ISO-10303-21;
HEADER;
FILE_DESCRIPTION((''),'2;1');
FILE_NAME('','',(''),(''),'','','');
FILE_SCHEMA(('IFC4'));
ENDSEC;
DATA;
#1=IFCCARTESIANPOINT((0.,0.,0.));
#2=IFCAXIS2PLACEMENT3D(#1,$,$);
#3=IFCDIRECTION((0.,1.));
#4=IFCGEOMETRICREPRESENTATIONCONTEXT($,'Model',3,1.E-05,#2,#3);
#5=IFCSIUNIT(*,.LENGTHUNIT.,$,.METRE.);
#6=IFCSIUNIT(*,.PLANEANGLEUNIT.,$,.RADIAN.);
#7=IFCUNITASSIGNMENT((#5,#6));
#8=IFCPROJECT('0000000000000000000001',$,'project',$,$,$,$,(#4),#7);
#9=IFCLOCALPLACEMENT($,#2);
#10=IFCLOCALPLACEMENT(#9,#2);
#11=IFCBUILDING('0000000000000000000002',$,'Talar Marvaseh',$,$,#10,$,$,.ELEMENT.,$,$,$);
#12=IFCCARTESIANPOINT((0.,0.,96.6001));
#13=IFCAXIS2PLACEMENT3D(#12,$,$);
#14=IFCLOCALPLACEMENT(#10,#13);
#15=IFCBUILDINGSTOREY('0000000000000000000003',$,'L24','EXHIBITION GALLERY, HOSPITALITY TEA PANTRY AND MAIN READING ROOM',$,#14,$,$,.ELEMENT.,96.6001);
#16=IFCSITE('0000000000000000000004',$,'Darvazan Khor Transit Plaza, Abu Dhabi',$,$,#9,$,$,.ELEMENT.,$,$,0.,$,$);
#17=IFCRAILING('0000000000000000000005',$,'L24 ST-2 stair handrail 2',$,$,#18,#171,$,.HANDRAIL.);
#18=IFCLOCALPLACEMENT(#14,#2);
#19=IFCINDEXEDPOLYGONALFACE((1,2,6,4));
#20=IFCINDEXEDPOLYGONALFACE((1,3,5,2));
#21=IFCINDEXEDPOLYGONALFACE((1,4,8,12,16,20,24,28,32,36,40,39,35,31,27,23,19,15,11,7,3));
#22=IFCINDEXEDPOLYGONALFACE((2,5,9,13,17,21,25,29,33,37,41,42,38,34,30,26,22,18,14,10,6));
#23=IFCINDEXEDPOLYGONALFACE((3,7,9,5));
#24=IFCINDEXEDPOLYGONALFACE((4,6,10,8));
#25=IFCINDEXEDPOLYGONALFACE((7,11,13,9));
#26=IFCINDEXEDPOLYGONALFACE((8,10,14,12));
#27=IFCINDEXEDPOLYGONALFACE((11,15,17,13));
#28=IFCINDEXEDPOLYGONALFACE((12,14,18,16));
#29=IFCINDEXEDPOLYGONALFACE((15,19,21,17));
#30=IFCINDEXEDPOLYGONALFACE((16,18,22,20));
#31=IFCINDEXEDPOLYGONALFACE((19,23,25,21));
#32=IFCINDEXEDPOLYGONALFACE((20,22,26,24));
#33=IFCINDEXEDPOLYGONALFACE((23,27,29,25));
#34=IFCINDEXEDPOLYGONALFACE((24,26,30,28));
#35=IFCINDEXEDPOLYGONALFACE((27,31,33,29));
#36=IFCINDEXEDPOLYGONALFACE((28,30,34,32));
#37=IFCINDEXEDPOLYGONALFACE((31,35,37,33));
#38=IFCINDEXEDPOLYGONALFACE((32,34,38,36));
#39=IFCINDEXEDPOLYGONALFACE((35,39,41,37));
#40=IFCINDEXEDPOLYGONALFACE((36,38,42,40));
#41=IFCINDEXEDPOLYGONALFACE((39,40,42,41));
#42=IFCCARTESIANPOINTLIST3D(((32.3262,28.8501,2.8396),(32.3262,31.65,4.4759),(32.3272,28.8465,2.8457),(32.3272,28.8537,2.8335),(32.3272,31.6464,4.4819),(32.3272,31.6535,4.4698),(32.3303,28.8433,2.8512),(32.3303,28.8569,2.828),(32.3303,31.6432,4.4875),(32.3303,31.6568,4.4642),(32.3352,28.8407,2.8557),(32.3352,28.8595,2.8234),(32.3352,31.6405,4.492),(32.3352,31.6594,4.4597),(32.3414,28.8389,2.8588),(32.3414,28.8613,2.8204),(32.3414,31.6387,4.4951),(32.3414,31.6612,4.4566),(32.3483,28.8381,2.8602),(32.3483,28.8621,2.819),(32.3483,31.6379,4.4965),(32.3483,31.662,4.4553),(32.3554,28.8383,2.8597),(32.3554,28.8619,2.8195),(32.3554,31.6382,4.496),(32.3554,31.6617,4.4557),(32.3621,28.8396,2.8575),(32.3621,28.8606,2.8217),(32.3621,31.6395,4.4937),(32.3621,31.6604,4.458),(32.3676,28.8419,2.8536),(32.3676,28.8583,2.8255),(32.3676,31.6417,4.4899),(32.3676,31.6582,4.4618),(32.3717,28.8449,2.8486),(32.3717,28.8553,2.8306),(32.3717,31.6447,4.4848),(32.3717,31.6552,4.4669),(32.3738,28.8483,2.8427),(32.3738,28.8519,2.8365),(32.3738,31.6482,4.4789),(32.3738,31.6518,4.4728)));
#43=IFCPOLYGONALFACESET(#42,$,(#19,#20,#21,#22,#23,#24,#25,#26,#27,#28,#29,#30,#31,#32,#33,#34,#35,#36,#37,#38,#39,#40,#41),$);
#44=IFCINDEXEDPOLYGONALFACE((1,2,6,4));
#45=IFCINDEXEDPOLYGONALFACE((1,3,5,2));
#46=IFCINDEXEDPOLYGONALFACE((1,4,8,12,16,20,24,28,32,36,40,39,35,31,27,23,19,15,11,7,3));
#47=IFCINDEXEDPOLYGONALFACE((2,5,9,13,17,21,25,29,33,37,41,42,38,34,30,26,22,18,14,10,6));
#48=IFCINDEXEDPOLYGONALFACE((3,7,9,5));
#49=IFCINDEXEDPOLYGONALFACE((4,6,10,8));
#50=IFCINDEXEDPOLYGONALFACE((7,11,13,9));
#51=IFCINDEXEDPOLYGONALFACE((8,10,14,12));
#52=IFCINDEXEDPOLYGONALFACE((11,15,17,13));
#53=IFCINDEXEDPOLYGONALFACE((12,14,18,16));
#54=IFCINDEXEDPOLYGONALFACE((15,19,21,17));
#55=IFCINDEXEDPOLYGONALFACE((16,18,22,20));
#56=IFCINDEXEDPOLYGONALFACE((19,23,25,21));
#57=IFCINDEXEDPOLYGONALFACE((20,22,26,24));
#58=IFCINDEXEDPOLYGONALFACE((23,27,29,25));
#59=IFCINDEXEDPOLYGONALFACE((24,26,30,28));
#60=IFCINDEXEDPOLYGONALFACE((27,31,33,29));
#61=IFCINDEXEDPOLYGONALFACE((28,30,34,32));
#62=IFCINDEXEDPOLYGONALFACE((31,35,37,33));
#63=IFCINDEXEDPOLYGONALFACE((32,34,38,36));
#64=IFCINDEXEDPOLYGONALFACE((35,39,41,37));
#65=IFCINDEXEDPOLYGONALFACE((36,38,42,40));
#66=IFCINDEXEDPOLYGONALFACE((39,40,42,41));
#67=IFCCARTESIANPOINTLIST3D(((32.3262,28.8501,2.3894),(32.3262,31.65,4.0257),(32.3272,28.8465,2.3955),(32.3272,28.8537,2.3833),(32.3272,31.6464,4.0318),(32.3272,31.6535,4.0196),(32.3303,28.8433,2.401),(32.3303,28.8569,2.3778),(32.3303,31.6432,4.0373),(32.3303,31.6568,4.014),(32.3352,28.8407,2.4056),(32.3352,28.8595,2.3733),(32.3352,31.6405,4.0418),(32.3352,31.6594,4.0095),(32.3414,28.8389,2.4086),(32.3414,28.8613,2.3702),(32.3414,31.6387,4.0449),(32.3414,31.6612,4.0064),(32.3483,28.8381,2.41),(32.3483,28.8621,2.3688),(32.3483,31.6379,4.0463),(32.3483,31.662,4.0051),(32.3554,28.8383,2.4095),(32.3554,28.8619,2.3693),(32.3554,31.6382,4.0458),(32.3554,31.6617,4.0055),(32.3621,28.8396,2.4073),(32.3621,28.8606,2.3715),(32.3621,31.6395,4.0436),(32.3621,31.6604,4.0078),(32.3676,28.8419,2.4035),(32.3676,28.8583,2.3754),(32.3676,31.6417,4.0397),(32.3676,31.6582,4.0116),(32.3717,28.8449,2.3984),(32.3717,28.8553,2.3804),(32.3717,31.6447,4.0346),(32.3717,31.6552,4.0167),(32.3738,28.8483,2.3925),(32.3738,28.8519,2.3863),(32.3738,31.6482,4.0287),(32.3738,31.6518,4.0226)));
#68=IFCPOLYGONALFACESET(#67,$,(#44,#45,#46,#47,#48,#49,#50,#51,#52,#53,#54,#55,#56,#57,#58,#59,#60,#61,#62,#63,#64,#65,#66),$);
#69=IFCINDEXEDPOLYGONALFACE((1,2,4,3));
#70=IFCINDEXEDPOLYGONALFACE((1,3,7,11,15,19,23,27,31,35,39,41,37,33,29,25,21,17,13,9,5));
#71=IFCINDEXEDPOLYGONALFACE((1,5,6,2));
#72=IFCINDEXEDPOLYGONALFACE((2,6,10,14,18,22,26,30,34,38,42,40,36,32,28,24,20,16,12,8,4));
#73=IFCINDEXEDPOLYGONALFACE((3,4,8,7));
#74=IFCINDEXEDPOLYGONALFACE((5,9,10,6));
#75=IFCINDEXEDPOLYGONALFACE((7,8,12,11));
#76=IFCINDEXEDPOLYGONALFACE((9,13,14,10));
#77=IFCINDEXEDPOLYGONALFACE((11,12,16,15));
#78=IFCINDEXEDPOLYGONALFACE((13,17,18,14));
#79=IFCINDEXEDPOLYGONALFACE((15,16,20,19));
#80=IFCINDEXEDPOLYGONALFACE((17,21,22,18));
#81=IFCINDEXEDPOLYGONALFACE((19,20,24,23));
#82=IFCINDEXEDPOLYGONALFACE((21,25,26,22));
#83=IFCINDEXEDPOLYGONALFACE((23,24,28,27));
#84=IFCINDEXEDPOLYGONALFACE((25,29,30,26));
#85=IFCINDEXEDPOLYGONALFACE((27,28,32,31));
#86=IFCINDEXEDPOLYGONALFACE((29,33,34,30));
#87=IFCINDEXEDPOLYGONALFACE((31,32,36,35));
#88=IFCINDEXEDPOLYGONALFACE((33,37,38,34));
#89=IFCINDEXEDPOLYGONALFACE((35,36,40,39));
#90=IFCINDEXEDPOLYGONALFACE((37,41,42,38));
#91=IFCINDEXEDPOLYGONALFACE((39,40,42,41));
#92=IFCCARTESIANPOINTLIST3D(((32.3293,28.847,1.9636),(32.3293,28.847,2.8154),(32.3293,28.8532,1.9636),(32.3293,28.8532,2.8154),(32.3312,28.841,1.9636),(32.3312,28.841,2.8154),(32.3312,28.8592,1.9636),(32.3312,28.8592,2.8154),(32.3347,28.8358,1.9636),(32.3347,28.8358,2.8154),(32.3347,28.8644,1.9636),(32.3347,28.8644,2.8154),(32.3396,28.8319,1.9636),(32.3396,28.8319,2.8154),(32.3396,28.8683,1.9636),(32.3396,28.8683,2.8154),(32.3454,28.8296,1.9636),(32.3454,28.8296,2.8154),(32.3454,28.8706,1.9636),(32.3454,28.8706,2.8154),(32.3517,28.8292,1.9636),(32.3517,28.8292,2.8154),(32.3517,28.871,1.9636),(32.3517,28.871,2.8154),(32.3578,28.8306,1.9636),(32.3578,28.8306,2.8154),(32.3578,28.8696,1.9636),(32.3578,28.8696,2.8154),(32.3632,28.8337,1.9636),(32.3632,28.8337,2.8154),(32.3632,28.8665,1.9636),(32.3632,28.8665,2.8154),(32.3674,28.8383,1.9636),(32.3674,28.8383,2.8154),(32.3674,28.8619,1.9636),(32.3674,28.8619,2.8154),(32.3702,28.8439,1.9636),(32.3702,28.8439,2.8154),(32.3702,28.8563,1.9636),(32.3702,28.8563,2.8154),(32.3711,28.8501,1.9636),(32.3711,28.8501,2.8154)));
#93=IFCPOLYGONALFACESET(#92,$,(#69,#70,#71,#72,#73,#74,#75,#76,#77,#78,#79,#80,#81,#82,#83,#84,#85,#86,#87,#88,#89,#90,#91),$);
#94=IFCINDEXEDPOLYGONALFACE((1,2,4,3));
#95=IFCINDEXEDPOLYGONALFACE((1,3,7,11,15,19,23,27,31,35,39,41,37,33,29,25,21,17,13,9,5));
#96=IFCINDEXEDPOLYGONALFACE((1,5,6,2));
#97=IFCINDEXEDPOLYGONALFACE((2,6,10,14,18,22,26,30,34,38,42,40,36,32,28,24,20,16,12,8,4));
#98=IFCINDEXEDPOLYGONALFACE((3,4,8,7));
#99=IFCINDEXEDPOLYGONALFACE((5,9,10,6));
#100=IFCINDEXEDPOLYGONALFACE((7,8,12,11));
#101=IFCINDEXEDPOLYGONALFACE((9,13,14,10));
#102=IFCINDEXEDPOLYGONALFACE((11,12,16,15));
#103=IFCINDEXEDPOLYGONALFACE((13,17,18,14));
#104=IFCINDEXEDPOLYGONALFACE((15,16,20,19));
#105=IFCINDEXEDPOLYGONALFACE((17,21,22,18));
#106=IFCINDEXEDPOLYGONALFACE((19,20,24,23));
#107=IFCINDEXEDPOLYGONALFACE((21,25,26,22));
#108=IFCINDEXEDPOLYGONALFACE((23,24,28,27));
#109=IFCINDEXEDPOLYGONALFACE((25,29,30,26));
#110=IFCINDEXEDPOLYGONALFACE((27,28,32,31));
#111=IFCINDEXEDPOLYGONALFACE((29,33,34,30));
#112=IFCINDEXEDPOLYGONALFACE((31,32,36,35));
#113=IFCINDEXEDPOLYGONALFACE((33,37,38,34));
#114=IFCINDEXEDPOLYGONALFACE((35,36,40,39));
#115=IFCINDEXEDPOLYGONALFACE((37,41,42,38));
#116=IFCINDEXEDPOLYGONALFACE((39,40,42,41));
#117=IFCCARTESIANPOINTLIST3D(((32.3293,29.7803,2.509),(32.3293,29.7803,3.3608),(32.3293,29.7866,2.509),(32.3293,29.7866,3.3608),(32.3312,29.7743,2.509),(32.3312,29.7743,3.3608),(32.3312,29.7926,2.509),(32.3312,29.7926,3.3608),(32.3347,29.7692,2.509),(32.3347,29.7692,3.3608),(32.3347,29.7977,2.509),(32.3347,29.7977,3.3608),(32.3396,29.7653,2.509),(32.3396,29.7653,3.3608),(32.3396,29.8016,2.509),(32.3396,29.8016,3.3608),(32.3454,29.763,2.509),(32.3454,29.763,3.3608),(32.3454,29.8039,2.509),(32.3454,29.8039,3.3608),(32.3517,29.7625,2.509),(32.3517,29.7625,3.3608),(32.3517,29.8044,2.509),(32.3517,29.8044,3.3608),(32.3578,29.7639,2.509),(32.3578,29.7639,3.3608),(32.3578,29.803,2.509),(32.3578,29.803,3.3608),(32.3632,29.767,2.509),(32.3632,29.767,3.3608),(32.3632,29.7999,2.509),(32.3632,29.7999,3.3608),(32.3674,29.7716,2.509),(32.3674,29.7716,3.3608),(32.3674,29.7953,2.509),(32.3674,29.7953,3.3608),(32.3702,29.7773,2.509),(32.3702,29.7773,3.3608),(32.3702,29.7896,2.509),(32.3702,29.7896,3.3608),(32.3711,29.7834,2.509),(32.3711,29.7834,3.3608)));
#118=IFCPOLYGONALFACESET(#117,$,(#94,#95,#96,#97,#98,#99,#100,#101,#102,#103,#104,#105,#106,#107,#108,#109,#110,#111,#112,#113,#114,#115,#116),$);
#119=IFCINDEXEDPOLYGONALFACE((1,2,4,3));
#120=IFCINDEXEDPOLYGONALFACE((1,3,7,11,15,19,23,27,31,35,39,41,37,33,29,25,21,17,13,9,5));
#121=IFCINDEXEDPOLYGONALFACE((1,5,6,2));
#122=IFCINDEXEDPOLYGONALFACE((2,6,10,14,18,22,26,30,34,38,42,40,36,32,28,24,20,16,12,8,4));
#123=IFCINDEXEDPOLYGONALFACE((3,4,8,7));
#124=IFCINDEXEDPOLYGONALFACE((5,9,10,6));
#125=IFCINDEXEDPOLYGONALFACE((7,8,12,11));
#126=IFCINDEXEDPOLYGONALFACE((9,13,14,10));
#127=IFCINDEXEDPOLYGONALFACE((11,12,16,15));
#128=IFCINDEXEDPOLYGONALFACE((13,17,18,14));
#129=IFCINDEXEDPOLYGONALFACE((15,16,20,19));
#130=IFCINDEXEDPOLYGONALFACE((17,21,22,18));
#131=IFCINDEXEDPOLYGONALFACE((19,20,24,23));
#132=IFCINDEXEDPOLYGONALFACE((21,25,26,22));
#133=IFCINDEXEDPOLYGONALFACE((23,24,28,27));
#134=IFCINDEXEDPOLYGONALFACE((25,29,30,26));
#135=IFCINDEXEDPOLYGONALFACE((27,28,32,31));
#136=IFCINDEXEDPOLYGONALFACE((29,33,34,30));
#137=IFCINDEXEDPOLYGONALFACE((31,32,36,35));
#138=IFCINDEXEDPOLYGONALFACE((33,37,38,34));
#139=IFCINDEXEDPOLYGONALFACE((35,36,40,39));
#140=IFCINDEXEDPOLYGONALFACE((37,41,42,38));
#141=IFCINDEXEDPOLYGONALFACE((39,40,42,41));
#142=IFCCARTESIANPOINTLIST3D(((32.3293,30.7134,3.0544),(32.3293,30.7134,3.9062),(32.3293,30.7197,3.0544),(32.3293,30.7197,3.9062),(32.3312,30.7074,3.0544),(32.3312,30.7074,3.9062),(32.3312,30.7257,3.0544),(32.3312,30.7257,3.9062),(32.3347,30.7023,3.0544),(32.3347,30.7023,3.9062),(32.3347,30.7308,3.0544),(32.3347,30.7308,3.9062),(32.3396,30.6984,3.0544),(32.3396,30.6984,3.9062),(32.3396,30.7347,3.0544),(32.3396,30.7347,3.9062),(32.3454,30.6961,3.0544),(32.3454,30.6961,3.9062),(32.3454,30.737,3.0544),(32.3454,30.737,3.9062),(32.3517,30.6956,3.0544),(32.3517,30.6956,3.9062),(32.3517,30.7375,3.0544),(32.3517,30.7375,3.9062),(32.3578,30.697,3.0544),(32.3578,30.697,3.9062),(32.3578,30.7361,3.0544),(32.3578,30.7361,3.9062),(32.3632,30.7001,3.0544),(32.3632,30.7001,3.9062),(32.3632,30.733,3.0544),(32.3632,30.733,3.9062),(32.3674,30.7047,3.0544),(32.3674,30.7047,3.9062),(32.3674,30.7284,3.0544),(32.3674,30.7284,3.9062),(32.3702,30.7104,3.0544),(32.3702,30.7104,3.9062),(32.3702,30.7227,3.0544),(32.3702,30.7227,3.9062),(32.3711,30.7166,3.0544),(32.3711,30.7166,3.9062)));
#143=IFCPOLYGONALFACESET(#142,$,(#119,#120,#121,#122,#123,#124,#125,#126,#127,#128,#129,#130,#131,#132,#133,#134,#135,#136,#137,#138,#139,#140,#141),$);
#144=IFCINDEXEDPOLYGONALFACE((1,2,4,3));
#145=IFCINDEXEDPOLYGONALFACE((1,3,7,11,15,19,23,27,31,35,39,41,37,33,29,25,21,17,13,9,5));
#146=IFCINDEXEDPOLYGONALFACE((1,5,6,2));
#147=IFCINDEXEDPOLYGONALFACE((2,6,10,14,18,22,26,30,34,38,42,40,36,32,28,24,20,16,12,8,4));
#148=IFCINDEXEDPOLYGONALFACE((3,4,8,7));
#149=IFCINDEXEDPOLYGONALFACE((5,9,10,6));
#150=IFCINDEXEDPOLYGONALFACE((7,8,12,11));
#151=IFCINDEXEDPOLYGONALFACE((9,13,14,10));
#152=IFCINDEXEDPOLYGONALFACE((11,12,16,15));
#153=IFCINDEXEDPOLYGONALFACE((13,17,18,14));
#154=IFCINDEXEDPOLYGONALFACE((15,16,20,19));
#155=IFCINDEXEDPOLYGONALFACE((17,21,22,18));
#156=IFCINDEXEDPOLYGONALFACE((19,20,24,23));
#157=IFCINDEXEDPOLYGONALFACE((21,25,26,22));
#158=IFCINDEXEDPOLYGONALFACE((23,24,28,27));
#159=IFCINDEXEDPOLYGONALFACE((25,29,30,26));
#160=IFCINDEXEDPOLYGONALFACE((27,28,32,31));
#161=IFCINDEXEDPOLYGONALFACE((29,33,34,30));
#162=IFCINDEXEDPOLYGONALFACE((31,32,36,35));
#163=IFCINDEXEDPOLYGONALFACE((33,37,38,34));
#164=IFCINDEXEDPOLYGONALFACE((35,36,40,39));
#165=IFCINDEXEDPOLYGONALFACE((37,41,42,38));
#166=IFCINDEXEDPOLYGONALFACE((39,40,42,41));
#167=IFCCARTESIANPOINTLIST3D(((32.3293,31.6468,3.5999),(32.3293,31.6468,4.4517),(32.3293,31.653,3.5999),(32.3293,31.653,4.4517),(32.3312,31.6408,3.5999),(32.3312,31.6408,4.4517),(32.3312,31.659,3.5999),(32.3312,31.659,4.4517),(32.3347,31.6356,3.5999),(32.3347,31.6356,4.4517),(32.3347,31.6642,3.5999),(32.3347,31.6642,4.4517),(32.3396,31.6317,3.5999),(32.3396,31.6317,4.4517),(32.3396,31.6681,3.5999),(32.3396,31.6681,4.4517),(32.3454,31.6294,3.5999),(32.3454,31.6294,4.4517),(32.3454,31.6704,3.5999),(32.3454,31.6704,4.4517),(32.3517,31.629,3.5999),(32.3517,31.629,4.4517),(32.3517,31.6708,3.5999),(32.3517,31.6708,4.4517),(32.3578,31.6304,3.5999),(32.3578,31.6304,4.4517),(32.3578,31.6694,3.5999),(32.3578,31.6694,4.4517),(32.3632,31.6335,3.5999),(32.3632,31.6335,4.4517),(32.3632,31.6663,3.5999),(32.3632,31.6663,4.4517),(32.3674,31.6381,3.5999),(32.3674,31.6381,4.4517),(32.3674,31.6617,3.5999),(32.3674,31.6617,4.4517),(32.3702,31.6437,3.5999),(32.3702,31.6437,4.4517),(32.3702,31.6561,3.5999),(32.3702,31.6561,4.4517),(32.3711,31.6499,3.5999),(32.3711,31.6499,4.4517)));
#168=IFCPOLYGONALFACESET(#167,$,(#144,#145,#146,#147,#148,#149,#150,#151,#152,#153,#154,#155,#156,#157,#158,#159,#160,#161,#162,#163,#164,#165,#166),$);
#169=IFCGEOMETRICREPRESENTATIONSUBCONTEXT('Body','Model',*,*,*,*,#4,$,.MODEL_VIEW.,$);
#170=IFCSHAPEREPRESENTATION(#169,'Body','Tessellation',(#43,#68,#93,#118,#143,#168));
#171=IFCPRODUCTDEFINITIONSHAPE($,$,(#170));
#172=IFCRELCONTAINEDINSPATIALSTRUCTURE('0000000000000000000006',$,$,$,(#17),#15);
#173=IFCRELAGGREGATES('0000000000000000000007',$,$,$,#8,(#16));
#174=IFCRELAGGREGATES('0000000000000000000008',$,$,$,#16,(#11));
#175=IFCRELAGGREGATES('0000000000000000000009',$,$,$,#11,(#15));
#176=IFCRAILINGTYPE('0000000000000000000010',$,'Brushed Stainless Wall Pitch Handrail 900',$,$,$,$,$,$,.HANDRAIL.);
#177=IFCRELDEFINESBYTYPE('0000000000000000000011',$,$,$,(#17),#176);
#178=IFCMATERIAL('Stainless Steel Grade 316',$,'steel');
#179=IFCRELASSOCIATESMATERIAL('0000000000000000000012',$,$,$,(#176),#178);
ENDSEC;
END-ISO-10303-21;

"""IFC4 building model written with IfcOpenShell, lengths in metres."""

from ifc_helpers import new_model, si_unit, direction, frame, origin, origin_2d, place, context, subcontext, project, spatial, circle, extrude, material, type_object, element, save


model = new_model("IFC4")

# Units and contexts
model_context = context("Model", 3, precision=1e-05, world=origin(), true_north=direction((0.0, 1.0)))
body_context = subcontext(model_context, "Body", "Model", "MODEL_VIEW")
ifc_project = project(units=[si_unit("LENGTHUNIT", "METRE"), si_unit("PLANEANGLEUNIT", "RADIAN")], contexts=[model_context])

# Site, building, storey
site_placement = place(None, origin())
site = spatial("IfcSite", under=ifc_project, at=site_placement, Name="Darvazan Khor Transit Plaza, Abu Dhabi", CompositionType="ELEMENT", RefElevation=0.0)
building_placement = place(site_placement, origin())
building = spatial("IfcBuilding", under=site, at=building_placement, Name="Talar Marvaseh", CompositionType="ELEMENT")
storey_placement = place(building_placement, frame((0.0, 0.0, 96.6001)))
storey = spatial("IfcBuildingStorey", under=building, at=storey_placement, Name="L24", Description="EXHIBITION GALLERY, HOSPITALITY TEA PANTRY AND MAIN READING ROOM", CompositionType="ELEMENT", Elevation=96.6001)

# Railing
ifc_material_1 = material(Name="Stainless Steel Grade 316", Category="steel")
railing_type_1 = type_object("IfcRailingType", Name="Brushed Stainless Wall Pitch Handrail 900", PredefinedType="HANDRAIL", material=ifc_material_1)
railing_1_placement = place(storey_placement, frame((32.3501, 28.8501, 1.9636)))
element("IfcRailing", 1, at=railing_1_placement, inside=storey, type_object=railing_type_1, Name="L24 ST-2 stair handrail 2", PredefinedType="HANDRAIL", context=body_context, shape_type="SweptSolid", body=[
    extrude(circle(Radius=0.0239, at=origin_2d()), frame((0.0, 0.0, 0.876), z_axis=(0.0, 0.863374, 0.504564), x_axis=(-1.0, 0.0, 0.0)), (0.0, 0.0, 1.0), 3.2429),
    extrude(circle(Radius=0.0239, at=origin_2d()), frame((0.0, 0.0, 0.4258), z_axis=(0.0, 0.863374, 0.504564), x_axis=(-1.0, 0.0, 0.0)), (0.0, 0.0, 1.0), 3.2429),
    extrude(circle(Radius=0.021, at=origin_2d()), origin(), (0.0, 0.0, 1.0), 0.8518),
    extrude(circle(Radius=0.021, at=origin_2d()), frame((0.0, 0.9333, 0.5454)), (0.0, 0.0, 1.0), 0.8518),
    extrude(circle(Radius=0.021, at=origin_2d()), frame((0.0, 1.8665, 1.0908)), (0.0, 0.0, 1.0), 0.8518),
    extrude(circle(Radius=0.021, at=origin_2d()), frame((0.0, 2.7998, 1.6362)), (0.0, 0.0, 1.0), 0.8518),
])

save(model, "model.ifc")
